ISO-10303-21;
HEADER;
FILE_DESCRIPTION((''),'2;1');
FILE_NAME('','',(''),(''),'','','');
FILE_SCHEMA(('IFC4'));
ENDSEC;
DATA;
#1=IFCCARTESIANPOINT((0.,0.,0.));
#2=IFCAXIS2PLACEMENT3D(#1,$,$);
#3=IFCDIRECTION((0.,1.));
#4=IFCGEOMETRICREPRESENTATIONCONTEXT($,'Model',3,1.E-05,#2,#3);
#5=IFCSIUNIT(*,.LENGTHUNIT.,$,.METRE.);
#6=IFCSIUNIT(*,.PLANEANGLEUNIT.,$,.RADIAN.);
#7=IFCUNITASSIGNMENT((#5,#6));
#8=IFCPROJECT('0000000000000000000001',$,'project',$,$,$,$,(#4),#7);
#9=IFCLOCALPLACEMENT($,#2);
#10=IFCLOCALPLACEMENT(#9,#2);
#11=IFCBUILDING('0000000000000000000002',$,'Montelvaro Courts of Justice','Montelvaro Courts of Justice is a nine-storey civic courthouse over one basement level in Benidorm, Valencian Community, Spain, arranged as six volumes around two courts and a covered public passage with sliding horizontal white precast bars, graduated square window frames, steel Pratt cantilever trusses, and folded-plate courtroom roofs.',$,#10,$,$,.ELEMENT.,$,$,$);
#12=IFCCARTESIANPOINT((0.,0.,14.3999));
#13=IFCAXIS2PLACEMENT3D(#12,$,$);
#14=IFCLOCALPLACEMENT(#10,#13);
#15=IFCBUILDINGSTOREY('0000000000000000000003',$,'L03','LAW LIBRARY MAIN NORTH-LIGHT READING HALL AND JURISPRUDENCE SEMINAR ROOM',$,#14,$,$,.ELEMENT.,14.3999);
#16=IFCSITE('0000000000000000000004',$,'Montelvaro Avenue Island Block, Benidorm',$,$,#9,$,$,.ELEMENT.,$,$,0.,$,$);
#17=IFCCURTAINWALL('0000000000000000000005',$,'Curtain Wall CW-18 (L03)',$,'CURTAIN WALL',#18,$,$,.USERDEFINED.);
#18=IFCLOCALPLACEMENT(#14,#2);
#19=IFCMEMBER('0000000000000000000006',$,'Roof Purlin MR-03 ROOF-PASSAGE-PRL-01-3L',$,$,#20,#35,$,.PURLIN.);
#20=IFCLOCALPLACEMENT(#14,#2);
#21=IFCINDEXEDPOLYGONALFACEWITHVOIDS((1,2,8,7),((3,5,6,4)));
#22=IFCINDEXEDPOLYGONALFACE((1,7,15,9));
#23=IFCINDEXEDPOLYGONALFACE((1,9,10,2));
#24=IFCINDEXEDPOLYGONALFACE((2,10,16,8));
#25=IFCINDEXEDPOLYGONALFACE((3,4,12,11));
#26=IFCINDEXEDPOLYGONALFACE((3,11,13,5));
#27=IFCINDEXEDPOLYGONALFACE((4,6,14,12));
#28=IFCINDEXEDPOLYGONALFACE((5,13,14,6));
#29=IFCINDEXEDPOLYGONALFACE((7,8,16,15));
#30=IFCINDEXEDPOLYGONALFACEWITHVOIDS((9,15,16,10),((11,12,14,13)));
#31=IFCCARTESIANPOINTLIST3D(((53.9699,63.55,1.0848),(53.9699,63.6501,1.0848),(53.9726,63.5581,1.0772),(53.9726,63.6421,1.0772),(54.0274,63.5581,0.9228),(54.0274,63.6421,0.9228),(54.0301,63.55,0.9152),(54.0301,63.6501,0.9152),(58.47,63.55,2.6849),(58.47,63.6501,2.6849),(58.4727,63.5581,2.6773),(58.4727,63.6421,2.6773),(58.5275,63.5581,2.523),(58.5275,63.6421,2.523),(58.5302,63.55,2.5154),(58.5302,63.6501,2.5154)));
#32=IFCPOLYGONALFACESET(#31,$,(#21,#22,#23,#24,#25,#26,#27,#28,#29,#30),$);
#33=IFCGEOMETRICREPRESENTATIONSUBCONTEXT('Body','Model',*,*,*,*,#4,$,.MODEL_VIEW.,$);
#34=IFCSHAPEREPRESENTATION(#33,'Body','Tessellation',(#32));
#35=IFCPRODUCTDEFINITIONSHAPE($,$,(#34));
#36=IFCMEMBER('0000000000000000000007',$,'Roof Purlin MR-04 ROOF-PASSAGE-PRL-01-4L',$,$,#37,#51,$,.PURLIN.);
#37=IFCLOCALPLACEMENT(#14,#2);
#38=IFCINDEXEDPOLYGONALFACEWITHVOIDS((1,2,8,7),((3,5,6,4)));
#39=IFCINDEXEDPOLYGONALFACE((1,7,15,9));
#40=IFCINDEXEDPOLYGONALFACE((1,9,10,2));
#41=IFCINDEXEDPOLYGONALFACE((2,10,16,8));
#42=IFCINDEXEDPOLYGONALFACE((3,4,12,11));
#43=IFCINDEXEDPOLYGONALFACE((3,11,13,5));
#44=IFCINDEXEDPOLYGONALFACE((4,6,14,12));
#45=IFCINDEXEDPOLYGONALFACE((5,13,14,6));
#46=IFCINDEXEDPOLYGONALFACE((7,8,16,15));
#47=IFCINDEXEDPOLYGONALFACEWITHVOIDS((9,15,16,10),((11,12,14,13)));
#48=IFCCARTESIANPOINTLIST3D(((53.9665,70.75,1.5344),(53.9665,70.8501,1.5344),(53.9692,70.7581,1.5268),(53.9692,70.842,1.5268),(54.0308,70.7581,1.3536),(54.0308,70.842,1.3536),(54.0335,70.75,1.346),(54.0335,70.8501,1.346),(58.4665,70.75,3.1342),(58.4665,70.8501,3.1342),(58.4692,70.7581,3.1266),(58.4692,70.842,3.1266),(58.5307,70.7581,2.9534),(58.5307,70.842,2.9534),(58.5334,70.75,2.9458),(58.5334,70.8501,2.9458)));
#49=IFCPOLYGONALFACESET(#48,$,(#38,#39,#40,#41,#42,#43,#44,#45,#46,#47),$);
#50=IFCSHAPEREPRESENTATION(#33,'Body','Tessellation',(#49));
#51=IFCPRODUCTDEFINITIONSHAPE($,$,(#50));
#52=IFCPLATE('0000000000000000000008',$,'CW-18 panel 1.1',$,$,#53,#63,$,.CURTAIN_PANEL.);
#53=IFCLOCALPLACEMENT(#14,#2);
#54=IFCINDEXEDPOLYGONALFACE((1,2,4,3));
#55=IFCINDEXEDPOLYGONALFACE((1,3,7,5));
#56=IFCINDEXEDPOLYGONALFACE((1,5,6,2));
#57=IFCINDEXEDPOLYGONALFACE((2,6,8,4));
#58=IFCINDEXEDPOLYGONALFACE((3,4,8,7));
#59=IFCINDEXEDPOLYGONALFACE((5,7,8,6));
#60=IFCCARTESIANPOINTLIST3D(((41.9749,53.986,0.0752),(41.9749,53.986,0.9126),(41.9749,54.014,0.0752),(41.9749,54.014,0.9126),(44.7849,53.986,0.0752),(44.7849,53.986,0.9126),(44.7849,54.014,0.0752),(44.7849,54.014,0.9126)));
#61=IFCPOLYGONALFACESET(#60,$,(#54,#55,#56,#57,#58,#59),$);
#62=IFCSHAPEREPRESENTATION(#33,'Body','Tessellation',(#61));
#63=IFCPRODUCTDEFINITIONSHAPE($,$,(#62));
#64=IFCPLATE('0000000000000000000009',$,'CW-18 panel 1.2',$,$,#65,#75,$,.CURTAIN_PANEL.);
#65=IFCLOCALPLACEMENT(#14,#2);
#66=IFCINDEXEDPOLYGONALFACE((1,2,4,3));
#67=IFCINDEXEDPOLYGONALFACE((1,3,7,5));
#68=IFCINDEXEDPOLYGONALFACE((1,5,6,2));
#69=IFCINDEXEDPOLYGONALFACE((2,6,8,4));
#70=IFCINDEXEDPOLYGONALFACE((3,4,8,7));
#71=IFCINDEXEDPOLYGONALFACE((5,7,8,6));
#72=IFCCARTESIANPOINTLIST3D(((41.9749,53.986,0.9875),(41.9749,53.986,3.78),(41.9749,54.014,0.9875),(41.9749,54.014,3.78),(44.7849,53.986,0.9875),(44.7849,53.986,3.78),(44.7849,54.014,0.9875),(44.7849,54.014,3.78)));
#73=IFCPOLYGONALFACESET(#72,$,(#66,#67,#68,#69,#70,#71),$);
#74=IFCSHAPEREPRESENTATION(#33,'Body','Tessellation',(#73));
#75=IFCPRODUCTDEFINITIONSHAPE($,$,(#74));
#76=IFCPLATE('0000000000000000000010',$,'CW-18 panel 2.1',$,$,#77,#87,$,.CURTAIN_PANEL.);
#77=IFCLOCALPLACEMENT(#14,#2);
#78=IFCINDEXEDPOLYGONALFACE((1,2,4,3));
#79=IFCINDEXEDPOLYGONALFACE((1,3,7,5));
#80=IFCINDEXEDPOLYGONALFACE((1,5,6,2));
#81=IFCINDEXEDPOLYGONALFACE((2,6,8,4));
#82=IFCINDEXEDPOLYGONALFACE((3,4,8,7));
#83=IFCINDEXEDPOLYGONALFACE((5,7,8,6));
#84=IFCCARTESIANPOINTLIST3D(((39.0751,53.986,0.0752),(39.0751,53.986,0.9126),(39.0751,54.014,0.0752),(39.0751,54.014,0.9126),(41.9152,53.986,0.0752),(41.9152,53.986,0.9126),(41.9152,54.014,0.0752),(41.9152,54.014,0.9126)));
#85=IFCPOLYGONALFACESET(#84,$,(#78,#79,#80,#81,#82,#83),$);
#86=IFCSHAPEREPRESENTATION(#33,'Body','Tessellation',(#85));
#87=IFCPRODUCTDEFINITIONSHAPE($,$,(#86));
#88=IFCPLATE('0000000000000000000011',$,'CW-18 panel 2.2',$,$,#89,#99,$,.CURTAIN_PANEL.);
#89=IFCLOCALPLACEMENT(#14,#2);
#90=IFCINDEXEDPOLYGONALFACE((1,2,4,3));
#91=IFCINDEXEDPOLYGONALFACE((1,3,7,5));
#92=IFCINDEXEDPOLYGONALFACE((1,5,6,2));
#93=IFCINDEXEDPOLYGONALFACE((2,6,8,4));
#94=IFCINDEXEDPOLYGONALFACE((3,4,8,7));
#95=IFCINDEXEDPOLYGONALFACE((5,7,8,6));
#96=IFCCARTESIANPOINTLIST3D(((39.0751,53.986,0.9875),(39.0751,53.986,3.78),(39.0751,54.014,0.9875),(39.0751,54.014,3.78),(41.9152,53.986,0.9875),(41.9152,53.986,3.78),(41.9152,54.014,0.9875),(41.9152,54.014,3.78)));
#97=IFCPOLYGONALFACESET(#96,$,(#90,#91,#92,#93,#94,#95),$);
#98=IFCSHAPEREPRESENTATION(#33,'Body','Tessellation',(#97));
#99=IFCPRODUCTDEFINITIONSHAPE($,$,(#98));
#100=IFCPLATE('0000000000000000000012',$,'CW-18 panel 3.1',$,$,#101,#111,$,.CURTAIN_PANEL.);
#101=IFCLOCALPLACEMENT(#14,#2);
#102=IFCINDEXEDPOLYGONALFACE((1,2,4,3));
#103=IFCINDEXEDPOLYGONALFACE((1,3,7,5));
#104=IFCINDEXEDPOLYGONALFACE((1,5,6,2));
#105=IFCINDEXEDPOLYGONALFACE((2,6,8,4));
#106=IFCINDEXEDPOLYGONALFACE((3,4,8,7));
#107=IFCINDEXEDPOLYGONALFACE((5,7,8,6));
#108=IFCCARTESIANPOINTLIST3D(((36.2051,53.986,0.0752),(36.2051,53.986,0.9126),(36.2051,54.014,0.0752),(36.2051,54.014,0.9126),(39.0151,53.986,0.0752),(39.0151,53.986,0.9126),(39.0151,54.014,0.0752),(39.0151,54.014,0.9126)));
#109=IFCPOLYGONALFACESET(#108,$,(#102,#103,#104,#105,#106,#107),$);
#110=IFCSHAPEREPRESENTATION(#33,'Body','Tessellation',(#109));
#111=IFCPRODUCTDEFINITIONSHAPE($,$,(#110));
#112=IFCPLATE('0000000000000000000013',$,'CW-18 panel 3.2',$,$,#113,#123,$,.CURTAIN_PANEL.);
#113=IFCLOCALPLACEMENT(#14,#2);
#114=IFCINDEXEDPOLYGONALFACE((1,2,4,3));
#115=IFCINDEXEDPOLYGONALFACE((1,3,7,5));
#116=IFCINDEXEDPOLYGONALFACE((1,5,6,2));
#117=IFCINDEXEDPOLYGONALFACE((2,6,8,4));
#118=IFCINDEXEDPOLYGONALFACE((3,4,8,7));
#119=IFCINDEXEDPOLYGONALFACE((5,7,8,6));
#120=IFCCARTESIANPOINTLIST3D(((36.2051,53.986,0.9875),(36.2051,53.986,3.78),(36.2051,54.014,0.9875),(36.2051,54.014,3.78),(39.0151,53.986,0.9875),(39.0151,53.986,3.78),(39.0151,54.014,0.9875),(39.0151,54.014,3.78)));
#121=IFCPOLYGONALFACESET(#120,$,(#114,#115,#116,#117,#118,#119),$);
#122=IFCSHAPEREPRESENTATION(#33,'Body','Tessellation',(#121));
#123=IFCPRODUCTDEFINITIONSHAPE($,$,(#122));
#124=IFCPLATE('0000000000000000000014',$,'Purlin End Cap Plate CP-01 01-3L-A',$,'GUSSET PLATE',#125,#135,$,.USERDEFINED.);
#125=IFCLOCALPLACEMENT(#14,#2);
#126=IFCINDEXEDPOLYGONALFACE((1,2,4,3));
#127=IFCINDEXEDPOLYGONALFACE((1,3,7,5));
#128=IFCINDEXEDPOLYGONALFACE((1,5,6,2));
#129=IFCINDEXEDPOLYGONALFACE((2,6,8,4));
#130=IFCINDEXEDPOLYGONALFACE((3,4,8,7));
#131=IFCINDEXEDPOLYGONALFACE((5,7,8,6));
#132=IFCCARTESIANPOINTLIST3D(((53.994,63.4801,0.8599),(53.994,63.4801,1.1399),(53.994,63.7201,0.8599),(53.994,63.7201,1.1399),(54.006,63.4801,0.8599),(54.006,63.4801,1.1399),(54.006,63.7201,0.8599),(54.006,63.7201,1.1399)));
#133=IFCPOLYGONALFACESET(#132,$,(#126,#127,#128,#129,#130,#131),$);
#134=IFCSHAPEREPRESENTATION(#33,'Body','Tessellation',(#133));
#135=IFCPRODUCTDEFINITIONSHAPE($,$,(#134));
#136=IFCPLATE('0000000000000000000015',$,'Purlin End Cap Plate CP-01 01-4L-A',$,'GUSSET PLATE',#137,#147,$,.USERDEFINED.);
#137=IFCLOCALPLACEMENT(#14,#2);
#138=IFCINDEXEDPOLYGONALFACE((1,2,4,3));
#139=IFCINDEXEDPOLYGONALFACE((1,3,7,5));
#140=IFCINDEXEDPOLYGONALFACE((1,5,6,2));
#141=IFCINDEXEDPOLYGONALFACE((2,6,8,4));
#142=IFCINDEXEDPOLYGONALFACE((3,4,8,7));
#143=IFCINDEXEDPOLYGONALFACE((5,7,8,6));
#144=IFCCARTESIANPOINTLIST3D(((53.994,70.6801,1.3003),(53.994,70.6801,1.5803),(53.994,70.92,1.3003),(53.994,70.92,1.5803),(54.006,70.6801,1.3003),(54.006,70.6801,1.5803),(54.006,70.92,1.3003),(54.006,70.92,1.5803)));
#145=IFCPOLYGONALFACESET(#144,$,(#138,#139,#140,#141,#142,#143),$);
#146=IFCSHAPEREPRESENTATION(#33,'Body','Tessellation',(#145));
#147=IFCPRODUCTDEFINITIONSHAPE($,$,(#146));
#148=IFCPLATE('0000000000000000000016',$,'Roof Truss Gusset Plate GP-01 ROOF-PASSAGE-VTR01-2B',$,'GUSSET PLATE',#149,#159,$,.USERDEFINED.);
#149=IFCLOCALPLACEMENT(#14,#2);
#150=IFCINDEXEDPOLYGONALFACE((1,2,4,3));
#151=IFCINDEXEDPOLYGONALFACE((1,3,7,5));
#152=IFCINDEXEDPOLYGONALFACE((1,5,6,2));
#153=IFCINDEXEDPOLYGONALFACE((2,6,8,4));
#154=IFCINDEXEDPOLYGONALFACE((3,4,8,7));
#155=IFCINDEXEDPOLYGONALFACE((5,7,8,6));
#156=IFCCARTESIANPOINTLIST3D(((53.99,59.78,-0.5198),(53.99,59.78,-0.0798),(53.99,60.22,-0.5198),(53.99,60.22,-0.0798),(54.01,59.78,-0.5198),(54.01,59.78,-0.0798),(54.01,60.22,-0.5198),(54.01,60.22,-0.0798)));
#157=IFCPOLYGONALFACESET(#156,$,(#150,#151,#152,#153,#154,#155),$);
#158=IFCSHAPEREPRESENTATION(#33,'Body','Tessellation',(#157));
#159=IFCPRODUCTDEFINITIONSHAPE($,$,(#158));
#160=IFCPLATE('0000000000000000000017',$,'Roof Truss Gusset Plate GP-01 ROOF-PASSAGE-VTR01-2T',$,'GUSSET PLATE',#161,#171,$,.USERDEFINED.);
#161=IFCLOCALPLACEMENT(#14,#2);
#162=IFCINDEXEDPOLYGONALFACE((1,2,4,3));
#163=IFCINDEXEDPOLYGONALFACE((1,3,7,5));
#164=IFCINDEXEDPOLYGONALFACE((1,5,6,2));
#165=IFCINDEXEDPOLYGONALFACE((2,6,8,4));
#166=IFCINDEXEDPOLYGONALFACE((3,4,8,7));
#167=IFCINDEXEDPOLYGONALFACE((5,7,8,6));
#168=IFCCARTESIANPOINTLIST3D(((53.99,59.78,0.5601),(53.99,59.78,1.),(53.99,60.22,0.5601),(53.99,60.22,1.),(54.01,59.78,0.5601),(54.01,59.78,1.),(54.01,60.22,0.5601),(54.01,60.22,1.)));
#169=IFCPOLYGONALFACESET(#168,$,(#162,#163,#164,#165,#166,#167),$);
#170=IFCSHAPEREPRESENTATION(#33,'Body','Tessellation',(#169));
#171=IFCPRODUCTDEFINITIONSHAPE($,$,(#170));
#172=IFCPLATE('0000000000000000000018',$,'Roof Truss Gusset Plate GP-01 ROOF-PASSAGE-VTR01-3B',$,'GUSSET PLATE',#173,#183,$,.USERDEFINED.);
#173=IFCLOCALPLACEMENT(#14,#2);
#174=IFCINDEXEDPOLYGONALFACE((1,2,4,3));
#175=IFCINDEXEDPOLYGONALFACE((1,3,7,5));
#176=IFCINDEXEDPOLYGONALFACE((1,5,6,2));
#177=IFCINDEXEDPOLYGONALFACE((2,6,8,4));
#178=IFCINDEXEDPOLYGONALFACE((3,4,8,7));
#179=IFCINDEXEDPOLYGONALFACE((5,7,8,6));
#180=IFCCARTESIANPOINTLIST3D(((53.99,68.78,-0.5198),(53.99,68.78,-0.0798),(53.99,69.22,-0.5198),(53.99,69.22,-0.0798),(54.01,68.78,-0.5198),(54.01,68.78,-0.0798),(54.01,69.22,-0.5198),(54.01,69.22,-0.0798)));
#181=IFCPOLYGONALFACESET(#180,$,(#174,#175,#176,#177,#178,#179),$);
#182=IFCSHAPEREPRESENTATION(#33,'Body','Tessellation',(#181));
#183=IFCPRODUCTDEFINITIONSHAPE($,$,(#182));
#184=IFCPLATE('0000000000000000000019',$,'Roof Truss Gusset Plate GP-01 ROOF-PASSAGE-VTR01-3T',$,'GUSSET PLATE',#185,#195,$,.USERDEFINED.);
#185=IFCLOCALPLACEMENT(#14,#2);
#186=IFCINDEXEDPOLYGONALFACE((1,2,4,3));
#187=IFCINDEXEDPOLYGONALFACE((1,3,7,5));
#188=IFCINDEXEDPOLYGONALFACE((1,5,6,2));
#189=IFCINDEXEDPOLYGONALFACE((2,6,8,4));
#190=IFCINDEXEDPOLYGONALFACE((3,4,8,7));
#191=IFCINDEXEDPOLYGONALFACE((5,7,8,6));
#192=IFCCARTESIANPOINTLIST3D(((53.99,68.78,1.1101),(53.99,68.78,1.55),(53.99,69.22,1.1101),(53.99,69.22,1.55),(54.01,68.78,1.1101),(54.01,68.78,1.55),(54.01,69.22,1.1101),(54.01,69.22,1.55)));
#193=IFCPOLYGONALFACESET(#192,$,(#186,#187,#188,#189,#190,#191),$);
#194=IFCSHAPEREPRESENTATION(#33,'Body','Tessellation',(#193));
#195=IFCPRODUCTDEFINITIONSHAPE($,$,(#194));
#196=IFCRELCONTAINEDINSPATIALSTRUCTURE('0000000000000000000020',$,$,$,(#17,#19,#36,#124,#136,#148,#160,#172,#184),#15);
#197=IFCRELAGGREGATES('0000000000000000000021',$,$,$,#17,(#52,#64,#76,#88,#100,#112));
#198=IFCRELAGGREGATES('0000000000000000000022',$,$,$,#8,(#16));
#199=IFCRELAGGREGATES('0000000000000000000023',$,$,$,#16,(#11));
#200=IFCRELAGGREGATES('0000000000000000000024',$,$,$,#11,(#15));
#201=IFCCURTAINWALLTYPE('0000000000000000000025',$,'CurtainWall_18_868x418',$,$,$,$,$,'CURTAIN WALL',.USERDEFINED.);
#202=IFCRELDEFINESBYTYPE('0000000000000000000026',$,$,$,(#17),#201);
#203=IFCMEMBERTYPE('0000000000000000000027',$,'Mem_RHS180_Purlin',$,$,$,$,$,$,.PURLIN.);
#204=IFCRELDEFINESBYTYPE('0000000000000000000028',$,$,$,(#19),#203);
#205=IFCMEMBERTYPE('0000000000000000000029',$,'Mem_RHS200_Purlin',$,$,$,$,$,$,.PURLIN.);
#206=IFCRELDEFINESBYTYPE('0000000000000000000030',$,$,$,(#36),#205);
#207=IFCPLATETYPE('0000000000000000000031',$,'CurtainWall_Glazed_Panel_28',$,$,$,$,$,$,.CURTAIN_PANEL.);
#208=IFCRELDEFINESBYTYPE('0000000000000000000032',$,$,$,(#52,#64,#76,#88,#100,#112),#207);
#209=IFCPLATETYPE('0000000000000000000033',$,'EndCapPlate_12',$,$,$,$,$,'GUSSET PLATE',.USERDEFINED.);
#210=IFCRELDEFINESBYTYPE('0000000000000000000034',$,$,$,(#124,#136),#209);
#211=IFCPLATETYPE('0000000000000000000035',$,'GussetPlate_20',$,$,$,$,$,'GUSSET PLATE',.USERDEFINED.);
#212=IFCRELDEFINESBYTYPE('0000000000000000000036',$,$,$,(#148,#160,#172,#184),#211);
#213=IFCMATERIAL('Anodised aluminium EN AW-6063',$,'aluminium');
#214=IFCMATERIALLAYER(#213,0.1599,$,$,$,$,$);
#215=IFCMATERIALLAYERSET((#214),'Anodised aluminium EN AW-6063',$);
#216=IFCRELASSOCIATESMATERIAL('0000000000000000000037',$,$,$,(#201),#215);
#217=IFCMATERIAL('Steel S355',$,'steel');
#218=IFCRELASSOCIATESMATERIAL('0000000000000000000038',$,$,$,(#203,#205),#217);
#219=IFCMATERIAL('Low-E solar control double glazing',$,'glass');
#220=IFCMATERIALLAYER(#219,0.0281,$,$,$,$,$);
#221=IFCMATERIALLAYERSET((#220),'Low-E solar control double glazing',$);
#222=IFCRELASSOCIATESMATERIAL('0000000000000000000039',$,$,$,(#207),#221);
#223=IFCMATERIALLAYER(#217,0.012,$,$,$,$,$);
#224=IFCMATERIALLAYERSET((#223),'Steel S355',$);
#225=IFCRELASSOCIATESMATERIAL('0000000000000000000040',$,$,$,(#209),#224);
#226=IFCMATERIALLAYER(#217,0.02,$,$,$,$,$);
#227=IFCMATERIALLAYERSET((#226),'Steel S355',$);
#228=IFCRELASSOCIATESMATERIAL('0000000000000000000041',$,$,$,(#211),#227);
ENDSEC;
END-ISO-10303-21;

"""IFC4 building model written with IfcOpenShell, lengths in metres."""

from ifc_helpers import new_model, si_unit, direction, frame, origin, origin_2d, place, context, subcontext, project, spatial, rectangle, hollow_rectangle, extrude, material, layer, layer_set, material_profile, profile_set, type_object, element, aggregate, save


model = new_model("IFC4")

# Units and contexts
model_context = context("Model", 3, precision=1e-05, world=origin(), true_north=direction((0.0, 1.0)))
body_context = subcontext(model_context, "Body", "Model", "MODEL_VIEW")
ifc_project = project(units=[si_unit("LENGTHUNIT", "METRE"), si_unit("PLANEANGLEUNIT", "RADIAN")], contexts=[model_context])

# Site, building, storey
site_placement = place(None, origin())
site = spatial("IfcSite", under=ifc_project, at=site_placement, Name="Montelvaro Avenue Island Block, Benidorm", CompositionType="ELEMENT", RefElevation=0.0)
building_placement = place(site_placement, origin())
building = spatial("IfcBuilding", under=site, at=building_placement, Name="Montelvaro Courts of Justice", Description="Montelvaro Courts of Justice is a nine-storey civic courthouse over one basement level in Benidorm, Valencian Community, Spain, arranged as six volumes around two courts and a covered public passage with sliding horizontal white precast bars, graduated square window frames, steel Pratt cantilever trusses, and folded-plate courtroom roofs.", CompositionType="ELEMENT")
storey_placement = place(building_placement, frame((0.0, 0.0, 14.3999)))
storey = spatial("IfcBuildingStorey", under=building, at=storey_placement, Name="L03", Description="LAW LIBRARY MAIN NORTH-LIGHT READING HALL AND JURISPRUDENCE SEMINAR ROOM", CompositionType="ELEMENT", Elevation=14.3999)

# Shared definitions
ifc_material_1 = material(Name="Steel S355", Category="steel")

# Curtain wall
ifc_material_2 = material(Name="Anodised aluminium EN AW-6063", Category="aluminium")
ifc_layer_1 = layer(ifc_material_2, 0.1599)
ifc_layer_set_1 = layer_set([ifc_layer_1], Name="Anodised aluminium EN AW-6063")
curtain_wall_type = type_object("IfcCurtainWallType", Name="CurtainWall_18_868x418", ElementType="CURTAIN WALL", PredefinedType="USERDEFINED", material=ifc_layer_set_1)
curtain_wall_placement = place(storey_placement, origin())
curtain_wall = element("IfcCurtainWall", 1, at=curtain_wall_placement, inside=storey, type_object=curtain_wall_type, Name="Curtain Wall CW-18 (L03)", ObjectType="CURTAIN WALL", PredefinedType="USERDEFINED")

# Members
ifc_material_profile_1 = material_profile(ifc_material_1, hollow_rectangle(XDim=0.1001, YDim=0.1799, WallThickness=0.0081, at=origin_2d()), Name="RHS 180x100x8")
ifc_profile_set_1 = profile_set([ifc_material_profile_1], Name="Steel S355")
member_type_1 = type_object("IfcMemberType", Name="Mem_RHS180_Purlin", PredefinedType="PURLIN", material=ifc_profile_set_1)
member_1_placement = place(storey_placement, frame((54.0, 63.6001, 1.0), z_axis=(0.942208, 0.0, 0.335028), x_axis=(0.0, 1.0, 0.0)))
element("IfcMember", 2, at=member_1_placement, inside=storey, type_object=member_type_1, Name="Roof Purlin MR-03 ROOF-PASSAGE-PRL-01-3L", PredefinedType="PURLIN", context=body_context, shape_type="SweptSolid", body=[
    extrude(hollow_rectangle(XDim=0.1001, YDim=0.1799, WallThickness=0.0081, at=origin_2d()), origin(), (0.0, 0.0, 1.0), 4.7761),
])
ifc_material_profile_2 = material_profile(ifc_material_1, hollow_rectangle(XDim=0.1001, YDim=0.2, WallThickness=0.0081, at=origin_2d()), Name="RHS 200x100x8")
ifc_profile_set_2 = profile_set([ifc_material_profile_2], Name="Steel S355")
member_type_2 = type_object("IfcMemberType", Name="Mem_RHS200_Purlin", PredefinedType="PURLIN", material=ifc_profile_set_2)
member_2_placement = place(storey_placement, frame((54.0, 70.8, 1.4402), z_axis=(0.942224, 0.0, 0.334982), x_axis=(0.0, 1.0, 0.0)))
element("IfcMember", 3, at=member_2_placement, inside=storey, type_object=member_type_2, Name="Roof Purlin MR-04 ROOF-PASSAGE-PRL-01-4L", PredefinedType="PURLIN", context=body_context, shape_type="SweptSolid", body=[
    extrude(hollow_rectangle(XDim=0.1001, YDim=0.2, WallThickness=0.0081, at=origin_2d()), origin(), (0.0, 0.0, 1.0), 4.7759),
])

# Plates
ifc_material_3 = material(Name="Low-E solar control double glazing", Category="glass")
ifc_layer_2 = layer(ifc_material_3, 0.0281)
ifc_layer_set_2 = layer_set([ifc_layer_2], Name="Low-E solar control double glazing")
plate_type_1 = type_object("IfcPlateType", Name="CurtainWall_Glazed_Panel_28", PredefinedType="CURTAIN_PANEL", material=ifc_layer_set_2)
plate_1_placement = place(storey_placement, frame((43.3799, 54.0, 0.0752), z_axis=(0.0, 0.0, 1.0), x_axis=(-1.0, 0.0, 0.0)))
plate_1 = element("IfcPlate", 4, at=plate_1_placement, type_object=plate_type_1, Name="CW-18 panel 1.1", PredefinedType="CURTAIN_PANEL", context=body_context, shape_type="SweptSolid", body=[
    extrude(rectangle(XDim=2.8101, YDim=0.0281, at=origin_2d()), origin(), (0.0, 0.0, 1.0), 0.8374),
])
plate_2_placement = place(storey_placement, frame((43.3799, 54.0, 0.9875), z_axis=(0.0, 0.0, 1.0), x_axis=(-1.0, 0.0, 0.0)))
plate_2 = element("IfcPlate", 5, at=plate_2_placement, type_object=plate_type_1, Name="CW-18 panel 1.2", PredefinedType="CURTAIN_PANEL", context=body_context, shape_type="SweptSolid", body=[
    extrude(rectangle(XDim=2.8101, YDim=0.0281, at=origin_2d()), origin(), (0.0, 0.0, 1.0), 2.7925),
])
plate_3_placement = place(storey_placement, frame((40.4951, 54.0, 0.0752), z_axis=(0.0, 0.0, 1.0), x_axis=(-1.0, 0.0, 0.0)))
plate_3 = element("IfcPlate", 6, at=plate_3_placement, type_object=plate_type_1, Name="CW-18 panel 2.1", PredefinedType="CURTAIN_PANEL", context=body_context, shape_type="SweptSolid", body=[
    extrude(rectangle(XDim=2.8401, YDim=0.0281, at=origin_2d()), origin(), (0.0, 0.0, 1.0), 0.8374),
])
plate_4_placement = place(storey_placement, frame((40.4951, 54.0, 0.9875), z_axis=(0.0, 0.0, 1.0), x_axis=(-1.0, 0.0, 0.0)))
plate_4 = element("IfcPlate", 7, at=plate_4_placement, type_object=plate_type_1, Name="CW-18 panel 2.2", PredefinedType="CURTAIN_PANEL", context=body_context, shape_type="SweptSolid", body=[
    extrude(rectangle(XDim=2.8401, YDim=0.0281, at=origin_2d()), origin(), (0.0, 0.0, 1.0), 2.7925),
])
plate_5_placement = place(storey_placement, frame((37.6101, 54.0, 0.0752), z_axis=(0.0, 0.0, 1.0), x_axis=(-1.0, 0.0, 0.0)))
plate_5 = element("IfcPlate", 8, at=plate_5_placement, type_object=plate_type_1, Name="CW-18 panel 3.1", PredefinedType="CURTAIN_PANEL", context=body_context, shape_type="SweptSolid", body=[
    extrude(rectangle(XDim=2.8101, YDim=0.0281, at=origin_2d()), origin(), (0.0, 0.0, 1.0), 0.8374),
])
plate_6_placement = place(storey_placement, frame((37.6101, 54.0, 0.9875), z_axis=(0.0, 0.0, 1.0), x_axis=(-1.0, 0.0, 0.0)))
plate_6 = element("IfcPlate", 9, at=plate_6_placement, type_object=plate_type_1, Name="CW-18 panel 3.2", PredefinedType="CURTAIN_PANEL", context=body_context, shape_type="SweptSolid", body=[
    extrude(rectangle(XDim=2.8101, YDim=0.0281, at=origin_2d()), origin(), (0.0, 0.0, 1.0), 2.7925),
])
aggregate(curtain_wall, [plate_1, plate_2, plate_3, plate_4, plate_5, plate_6])

# Plates
ifc_layer_3 = layer(ifc_material_1, 0.012)
ifc_layer_set_3 = layer_set([ifc_layer_3], Name="Steel S355")
plate_type_2 = type_object("IfcPlateType", Name="EndCapPlate_12", ElementType="GUSSET PLATE", PredefinedType="USERDEFINED", material=ifc_layer_set_3)
for number, where, z_axis, x_axis, name in (
    (10, (54.0, 63.6001, 0.8599), (0.0, 0.0, 1.0), (1.0, 0.0, 0.0), "Purlin End Cap Plate CP-01 01-3L-A"),
    (11, (54.0, 70.8, 1.3003), (0.0, 0.0, 1.0), (1.0, 0.0, 0.0), "Purlin End Cap Plate CP-01 01-4L-A"),
):
    element("IfcPlate", number, at=place(storey_placement, frame(where, z_axis=z_axis, x_axis=x_axis)), inside=storey, type_object=plate_type_2, Name=name, ObjectType="GUSSET PLATE", PredefinedType="USERDEFINED", context=body_context, shape_type="SweptSolid", body=[
        extrude(rectangle(XDim=0.012, YDim=0.24, at=origin_2d()), origin(), (0.0, 0.0, 1.0), 0.28),
    ])
ifc_layer_4 = layer(ifc_material_1, 0.02)
ifc_layer_set_4 = layer_set([ifc_layer_4], Name="Steel S355")
plate_type_3 = type_object("IfcPlateType", Name="GussetPlate_20", ElementType="GUSSET PLATE", PredefinedType="USERDEFINED", material=ifc_layer_set_4)
for number, where, z_axis, x_axis, name in (
    (12, (54.0, 60.0, -0.5198), (0.0, 0.0, 1.0), (1.0, 0.0, 0.0), "Roof Truss Gusset Plate GP-01 ROOF-PASSAGE-VTR01-2B"),
    (13, (54.0, 60.0, 0.5601), (0.0, 0.0, 1.0), (1.0, 0.0, 0.0), "Roof Truss Gusset Plate GP-01 ROOF-PASSAGE-VTR01-2T"),
    (14, (54.0, 69.0, -0.5198), (0.0, 0.0, 1.0), (1.0, 0.0, 0.0), "Roof Truss Gusset Plate GP-01 ROOF-PASSAGE-VTR01-3B"),
    (15, (54.0, 69.0, 1.1101), (0.0, 0.0, 1.0), (1.0, 0.0, 0.0), "Roof Truss Gusset Plate GP-01 ROOF-PASSAGE-VTR01-3T"),
):
    element("IfcPlate", number, at=place(storey_placement, frame(where, z_axis=z_axis, x_axis=x_axis)), inside=storey, type_object=plate_type_3, Name=name, ObjectType="GUSSET PLATE", PredefinedType="USERDEFINED", context=body_context, shape_type="SweptSolid", body=[
        extrude(rectangle(XDim=0.02, YDim=0.4399, at=origin_2d()), origin(), (0.0, 0.0, 1.0), 0.4399),
    ])

save(model, "model.ifc")
